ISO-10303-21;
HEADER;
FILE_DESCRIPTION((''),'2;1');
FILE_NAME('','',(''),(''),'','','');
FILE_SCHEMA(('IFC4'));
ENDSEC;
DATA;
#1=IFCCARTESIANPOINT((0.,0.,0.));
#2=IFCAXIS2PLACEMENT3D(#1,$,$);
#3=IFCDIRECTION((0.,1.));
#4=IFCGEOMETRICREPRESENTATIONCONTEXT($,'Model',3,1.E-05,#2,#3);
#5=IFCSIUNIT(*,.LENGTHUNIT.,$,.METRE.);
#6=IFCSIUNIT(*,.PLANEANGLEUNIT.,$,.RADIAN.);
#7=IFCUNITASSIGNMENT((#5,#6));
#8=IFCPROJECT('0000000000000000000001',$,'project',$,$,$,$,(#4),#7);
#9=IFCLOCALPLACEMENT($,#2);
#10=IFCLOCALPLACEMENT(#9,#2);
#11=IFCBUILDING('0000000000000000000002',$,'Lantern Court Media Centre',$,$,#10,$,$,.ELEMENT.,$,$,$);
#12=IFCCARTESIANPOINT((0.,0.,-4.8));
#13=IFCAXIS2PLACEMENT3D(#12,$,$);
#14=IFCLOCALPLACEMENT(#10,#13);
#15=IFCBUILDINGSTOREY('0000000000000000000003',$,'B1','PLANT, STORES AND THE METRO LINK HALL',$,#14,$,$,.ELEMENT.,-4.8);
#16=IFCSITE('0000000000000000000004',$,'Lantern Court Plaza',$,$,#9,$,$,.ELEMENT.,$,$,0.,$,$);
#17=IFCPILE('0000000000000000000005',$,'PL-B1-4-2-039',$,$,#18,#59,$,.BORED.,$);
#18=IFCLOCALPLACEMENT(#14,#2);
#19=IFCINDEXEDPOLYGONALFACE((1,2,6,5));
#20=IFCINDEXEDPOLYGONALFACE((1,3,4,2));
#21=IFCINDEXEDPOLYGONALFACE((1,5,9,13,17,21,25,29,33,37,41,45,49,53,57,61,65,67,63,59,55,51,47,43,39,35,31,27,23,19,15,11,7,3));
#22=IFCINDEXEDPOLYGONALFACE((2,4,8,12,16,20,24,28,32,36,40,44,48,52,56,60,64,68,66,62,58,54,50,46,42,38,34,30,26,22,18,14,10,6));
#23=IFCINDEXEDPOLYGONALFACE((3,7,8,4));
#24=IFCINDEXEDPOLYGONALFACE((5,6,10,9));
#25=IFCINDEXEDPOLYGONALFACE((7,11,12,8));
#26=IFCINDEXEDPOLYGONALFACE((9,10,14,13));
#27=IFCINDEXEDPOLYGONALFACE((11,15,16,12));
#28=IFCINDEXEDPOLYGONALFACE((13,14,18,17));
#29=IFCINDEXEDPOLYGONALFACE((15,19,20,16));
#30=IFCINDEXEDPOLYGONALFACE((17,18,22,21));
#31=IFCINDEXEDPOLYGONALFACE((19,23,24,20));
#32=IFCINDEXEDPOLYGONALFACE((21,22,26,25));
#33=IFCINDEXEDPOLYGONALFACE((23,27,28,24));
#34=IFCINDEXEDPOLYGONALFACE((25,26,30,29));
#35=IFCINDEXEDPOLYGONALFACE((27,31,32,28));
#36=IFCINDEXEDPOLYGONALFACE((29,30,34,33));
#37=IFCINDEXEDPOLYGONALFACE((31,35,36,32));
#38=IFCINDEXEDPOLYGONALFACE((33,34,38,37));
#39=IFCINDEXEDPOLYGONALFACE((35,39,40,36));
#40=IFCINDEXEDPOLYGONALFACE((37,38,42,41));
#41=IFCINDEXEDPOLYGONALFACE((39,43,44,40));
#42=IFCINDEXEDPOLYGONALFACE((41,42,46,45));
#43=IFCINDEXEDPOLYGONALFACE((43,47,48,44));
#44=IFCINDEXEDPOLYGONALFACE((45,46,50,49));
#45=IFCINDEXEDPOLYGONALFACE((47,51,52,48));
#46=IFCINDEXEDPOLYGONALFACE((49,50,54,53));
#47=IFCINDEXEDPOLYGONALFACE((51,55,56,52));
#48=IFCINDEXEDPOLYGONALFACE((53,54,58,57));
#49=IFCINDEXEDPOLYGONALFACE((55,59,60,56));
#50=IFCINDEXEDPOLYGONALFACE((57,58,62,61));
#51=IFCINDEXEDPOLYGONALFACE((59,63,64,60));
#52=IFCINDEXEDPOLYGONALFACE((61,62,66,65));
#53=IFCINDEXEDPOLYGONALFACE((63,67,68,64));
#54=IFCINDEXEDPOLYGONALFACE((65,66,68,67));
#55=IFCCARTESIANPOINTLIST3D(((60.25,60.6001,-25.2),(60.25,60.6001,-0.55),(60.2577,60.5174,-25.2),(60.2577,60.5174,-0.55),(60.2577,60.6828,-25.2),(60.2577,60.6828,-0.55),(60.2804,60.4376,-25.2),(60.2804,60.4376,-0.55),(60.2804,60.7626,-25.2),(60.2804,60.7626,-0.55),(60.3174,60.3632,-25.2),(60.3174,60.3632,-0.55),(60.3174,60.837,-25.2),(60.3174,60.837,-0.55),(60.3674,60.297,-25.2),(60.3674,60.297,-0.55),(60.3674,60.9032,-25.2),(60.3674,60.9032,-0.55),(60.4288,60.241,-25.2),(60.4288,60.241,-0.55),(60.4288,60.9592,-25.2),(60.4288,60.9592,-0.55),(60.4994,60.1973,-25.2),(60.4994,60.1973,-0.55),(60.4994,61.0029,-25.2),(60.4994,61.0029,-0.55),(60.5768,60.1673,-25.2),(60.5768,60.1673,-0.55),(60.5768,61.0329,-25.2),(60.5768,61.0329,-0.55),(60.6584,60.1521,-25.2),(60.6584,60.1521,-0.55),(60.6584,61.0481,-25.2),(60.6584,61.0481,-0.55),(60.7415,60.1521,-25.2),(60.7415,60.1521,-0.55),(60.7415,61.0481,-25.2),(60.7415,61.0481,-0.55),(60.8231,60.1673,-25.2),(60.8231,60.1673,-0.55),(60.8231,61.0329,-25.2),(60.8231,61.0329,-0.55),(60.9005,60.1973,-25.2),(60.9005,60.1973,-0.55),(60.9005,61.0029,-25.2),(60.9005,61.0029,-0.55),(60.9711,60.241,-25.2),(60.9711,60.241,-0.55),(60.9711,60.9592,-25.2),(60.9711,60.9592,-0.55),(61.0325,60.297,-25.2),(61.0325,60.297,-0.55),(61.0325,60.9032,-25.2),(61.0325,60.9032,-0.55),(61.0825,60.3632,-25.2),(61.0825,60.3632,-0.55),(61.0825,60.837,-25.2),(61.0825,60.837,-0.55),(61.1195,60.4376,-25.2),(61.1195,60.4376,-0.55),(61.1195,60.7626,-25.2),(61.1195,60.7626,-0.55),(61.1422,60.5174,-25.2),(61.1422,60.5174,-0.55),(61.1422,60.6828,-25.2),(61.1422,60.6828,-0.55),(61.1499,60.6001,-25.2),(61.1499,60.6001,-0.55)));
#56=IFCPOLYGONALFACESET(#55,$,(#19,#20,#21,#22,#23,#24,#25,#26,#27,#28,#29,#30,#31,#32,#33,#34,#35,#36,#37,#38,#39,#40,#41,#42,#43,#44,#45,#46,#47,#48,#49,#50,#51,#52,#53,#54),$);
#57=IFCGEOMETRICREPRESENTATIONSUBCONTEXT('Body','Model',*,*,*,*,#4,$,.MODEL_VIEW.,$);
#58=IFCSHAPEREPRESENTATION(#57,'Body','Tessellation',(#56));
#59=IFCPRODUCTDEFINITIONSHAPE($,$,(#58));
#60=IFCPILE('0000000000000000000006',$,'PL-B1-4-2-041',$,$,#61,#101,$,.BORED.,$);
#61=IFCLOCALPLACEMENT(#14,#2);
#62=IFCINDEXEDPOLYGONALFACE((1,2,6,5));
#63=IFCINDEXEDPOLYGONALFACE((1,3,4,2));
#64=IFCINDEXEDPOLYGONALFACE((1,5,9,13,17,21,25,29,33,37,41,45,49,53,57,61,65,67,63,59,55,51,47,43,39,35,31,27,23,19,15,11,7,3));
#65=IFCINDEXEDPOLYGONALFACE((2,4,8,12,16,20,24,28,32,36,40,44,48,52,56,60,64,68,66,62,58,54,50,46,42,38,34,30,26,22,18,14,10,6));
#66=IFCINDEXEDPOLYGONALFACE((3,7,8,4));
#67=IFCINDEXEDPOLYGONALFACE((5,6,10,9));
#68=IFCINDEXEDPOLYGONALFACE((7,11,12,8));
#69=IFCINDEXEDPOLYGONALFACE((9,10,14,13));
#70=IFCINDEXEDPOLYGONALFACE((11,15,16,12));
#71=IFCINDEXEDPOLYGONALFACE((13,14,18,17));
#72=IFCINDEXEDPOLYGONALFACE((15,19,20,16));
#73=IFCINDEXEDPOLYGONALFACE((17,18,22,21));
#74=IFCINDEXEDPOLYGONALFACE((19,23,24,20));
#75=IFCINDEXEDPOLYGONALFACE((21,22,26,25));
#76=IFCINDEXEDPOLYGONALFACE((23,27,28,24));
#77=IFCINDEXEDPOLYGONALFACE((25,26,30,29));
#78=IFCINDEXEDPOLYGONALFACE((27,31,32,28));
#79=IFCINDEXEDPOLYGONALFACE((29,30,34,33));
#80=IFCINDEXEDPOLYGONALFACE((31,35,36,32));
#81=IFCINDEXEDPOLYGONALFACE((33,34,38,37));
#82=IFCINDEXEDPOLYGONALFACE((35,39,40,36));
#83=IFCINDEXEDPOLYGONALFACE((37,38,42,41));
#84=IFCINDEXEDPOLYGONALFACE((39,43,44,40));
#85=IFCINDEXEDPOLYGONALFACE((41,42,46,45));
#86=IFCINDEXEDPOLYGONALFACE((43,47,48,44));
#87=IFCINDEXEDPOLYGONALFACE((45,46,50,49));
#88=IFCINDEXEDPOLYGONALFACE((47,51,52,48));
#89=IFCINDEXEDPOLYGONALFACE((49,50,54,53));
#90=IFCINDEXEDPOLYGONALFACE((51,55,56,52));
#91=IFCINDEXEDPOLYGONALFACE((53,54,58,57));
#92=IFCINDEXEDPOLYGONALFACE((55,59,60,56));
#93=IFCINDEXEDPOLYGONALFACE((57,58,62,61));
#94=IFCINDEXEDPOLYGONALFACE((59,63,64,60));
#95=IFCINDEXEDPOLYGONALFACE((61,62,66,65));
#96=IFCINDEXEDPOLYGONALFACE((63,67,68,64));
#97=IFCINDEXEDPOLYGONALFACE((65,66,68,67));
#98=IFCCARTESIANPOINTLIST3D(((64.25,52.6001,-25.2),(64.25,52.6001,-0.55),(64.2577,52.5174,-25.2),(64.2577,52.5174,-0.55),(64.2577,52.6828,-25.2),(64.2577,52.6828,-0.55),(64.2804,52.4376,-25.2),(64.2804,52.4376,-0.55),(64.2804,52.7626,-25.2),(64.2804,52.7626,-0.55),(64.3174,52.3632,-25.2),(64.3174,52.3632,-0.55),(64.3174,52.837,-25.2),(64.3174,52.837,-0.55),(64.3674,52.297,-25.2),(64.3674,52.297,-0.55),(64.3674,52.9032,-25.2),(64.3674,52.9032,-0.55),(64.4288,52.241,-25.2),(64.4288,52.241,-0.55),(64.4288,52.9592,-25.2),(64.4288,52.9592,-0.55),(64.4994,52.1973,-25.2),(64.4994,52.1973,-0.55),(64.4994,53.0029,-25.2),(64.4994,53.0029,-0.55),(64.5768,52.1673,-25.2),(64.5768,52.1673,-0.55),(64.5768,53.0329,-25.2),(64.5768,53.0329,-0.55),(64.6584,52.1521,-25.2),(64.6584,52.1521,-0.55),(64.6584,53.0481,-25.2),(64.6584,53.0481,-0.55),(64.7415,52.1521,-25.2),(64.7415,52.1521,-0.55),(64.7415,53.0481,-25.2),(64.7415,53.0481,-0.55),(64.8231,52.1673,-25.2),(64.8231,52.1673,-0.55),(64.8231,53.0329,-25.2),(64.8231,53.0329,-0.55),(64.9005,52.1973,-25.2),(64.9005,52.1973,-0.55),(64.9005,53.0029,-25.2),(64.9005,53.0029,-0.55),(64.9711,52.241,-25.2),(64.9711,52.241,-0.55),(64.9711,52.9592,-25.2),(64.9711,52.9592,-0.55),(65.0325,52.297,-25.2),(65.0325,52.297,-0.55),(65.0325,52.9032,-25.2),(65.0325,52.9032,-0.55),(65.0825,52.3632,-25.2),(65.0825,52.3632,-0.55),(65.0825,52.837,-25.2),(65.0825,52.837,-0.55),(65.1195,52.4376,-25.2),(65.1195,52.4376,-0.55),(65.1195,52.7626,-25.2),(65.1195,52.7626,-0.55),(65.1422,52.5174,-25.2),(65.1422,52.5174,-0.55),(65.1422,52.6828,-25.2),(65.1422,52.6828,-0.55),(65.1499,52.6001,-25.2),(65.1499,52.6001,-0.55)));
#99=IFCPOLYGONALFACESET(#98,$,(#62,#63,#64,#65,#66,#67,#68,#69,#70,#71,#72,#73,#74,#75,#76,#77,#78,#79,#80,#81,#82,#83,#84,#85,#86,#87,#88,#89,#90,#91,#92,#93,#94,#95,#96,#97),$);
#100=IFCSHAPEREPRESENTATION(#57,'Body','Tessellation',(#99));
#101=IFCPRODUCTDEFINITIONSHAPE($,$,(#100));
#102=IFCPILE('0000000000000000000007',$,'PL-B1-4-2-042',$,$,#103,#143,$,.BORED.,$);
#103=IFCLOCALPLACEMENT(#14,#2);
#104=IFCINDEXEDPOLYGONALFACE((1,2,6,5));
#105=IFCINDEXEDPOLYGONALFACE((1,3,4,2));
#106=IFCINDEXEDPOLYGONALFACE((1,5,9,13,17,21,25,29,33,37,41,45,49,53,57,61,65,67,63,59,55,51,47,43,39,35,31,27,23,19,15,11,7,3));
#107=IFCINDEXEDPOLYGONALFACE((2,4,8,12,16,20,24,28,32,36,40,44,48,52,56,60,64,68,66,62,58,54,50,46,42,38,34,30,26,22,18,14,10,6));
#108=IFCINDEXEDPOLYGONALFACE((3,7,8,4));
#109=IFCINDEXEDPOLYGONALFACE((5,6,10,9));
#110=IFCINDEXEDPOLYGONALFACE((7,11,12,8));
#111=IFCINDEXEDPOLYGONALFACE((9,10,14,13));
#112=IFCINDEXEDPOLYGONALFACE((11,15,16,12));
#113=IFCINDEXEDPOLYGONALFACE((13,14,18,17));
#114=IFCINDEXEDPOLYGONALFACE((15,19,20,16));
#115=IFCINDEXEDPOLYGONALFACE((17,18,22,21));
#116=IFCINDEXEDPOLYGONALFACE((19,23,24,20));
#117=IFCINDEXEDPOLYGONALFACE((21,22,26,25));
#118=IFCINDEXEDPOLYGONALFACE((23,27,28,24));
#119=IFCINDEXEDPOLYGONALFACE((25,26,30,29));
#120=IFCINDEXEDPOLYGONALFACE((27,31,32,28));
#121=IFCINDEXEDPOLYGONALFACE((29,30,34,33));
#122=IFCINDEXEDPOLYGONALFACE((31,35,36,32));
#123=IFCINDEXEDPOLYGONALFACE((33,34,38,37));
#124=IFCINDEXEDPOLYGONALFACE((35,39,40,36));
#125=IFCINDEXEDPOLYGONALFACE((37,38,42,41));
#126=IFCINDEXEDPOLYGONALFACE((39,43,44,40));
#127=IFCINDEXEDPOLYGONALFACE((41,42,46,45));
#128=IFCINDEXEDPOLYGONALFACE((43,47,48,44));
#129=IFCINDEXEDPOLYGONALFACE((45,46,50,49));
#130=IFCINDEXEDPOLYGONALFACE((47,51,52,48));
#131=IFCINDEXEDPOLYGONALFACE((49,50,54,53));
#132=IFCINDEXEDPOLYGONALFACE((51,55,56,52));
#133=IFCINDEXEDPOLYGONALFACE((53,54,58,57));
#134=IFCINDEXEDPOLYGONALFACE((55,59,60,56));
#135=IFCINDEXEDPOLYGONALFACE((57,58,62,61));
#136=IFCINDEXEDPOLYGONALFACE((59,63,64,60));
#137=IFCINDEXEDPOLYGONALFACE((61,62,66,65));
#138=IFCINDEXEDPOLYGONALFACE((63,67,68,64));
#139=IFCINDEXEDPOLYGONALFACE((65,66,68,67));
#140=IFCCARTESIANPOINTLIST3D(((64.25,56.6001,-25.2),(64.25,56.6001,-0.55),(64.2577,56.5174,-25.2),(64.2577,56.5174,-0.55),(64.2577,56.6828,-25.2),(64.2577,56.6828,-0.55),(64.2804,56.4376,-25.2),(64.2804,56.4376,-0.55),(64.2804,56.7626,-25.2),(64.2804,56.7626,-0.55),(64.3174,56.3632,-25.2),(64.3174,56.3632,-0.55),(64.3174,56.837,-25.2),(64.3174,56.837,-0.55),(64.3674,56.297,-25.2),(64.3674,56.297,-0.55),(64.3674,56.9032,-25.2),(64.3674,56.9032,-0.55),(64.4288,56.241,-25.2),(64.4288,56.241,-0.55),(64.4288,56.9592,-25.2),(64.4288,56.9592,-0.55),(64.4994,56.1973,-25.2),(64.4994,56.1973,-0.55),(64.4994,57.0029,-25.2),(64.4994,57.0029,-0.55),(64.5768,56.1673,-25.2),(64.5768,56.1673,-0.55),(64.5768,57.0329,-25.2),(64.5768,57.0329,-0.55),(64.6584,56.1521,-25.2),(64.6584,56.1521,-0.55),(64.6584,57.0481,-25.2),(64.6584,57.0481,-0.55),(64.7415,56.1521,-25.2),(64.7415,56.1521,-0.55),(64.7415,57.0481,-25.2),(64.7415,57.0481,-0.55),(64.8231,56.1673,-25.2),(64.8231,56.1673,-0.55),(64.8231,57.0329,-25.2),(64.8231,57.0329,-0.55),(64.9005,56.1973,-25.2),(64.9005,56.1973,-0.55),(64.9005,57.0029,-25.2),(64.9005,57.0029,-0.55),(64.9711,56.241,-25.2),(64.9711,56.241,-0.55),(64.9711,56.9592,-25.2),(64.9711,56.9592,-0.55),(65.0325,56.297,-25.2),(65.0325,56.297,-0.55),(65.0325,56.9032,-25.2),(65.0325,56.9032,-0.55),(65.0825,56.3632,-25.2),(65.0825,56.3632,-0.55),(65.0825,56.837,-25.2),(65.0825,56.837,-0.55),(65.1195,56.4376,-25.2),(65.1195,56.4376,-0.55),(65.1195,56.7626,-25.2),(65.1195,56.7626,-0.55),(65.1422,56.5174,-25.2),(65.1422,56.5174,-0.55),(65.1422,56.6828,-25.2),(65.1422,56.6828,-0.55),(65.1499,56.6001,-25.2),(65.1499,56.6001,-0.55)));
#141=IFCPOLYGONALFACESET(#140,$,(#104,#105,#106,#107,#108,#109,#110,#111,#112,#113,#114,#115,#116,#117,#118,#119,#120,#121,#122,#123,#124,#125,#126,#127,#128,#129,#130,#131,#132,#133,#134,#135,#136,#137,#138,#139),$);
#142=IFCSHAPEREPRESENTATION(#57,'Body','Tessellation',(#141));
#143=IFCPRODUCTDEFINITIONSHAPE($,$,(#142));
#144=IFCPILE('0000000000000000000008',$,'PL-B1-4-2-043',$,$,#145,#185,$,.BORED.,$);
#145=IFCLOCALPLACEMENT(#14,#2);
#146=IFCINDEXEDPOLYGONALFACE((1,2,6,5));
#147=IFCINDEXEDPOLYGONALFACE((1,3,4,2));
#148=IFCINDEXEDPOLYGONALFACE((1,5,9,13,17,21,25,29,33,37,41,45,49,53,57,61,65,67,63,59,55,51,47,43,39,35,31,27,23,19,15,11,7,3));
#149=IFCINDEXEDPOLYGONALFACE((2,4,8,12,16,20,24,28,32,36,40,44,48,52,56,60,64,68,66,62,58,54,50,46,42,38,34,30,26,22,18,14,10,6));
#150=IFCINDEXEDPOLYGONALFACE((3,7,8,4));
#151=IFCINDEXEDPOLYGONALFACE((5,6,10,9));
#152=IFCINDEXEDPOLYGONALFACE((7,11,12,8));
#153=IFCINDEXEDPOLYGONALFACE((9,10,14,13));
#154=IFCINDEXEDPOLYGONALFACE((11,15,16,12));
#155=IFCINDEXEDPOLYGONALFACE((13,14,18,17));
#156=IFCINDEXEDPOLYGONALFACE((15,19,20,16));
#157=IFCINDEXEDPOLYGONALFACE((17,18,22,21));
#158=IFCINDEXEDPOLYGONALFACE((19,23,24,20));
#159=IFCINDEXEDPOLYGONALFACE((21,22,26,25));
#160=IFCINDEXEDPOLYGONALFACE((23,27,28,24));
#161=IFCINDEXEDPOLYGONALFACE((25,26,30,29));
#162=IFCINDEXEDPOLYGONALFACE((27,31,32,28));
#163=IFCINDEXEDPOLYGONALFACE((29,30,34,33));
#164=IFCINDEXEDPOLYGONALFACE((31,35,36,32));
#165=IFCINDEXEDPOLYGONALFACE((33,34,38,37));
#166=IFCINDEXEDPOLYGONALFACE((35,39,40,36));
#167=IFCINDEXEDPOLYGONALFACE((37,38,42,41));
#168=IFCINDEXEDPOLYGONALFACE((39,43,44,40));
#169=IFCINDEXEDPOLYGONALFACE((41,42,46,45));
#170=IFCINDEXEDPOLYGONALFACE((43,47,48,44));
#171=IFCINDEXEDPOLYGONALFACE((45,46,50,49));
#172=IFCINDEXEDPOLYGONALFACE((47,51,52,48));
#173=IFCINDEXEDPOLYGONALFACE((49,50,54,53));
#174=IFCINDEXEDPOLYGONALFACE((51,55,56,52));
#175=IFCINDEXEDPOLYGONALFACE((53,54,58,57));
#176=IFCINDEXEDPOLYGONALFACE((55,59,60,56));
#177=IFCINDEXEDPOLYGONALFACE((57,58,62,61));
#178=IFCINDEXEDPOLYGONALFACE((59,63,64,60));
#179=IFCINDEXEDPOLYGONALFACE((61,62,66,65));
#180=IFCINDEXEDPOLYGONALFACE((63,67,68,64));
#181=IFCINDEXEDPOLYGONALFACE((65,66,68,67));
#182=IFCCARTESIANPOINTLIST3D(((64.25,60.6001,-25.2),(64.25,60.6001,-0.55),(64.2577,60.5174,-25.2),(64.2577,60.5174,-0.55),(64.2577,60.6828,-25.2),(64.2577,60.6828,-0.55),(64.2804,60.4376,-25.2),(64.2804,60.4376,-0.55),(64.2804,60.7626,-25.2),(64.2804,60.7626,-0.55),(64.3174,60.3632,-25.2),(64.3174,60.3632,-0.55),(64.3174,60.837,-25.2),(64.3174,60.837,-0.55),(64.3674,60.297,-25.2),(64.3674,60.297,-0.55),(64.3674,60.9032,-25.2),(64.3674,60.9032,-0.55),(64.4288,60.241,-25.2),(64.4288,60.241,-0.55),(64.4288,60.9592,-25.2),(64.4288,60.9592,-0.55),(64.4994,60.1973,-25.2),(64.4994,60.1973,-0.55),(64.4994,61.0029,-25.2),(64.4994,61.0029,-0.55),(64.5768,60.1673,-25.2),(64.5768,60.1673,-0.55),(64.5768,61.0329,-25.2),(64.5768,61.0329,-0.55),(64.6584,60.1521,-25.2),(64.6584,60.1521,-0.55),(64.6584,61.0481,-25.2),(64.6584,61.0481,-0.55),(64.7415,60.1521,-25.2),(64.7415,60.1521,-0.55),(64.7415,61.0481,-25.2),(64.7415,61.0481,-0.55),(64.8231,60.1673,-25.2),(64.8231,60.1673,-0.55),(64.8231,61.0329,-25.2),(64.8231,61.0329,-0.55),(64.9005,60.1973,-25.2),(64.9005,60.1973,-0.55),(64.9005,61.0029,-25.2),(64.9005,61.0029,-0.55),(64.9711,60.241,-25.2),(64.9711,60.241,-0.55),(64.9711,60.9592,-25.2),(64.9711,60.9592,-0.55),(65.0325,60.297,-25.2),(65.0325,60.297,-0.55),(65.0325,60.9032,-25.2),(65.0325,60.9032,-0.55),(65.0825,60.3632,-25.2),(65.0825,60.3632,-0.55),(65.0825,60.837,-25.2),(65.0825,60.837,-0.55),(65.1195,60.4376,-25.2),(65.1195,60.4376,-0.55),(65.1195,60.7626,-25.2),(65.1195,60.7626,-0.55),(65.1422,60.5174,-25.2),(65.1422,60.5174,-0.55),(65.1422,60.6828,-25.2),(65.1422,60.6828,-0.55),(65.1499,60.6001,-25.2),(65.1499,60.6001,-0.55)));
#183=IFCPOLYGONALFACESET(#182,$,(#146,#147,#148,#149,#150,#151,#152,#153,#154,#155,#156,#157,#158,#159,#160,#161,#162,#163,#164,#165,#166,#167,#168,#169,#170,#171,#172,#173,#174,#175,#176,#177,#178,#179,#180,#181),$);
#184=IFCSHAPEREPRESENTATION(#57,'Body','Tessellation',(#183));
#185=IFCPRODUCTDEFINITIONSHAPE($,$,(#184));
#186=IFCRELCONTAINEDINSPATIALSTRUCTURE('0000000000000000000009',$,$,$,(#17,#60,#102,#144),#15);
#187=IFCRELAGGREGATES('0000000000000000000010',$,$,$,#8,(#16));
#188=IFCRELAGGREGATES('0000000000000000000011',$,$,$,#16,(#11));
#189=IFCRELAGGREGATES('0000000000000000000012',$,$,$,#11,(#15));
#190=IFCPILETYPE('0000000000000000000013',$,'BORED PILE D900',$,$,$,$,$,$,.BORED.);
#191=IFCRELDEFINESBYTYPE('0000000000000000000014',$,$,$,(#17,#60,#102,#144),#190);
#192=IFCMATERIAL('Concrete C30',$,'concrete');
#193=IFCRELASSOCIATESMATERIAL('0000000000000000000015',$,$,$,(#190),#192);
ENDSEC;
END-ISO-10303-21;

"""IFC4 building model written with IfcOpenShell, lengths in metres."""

from ifc_helpers import new_model, si_unit, direction, frame, origin, origin_2d, place, context, subcontext, project, spatial, circle, extrude, material, material_profile, profile_set, type_object, element, save


model = new_model("IFC4")

# Units and contexts
model_context = context("Model", 3, precision=1e-05, world=origin(), true_north=direction((0.0, 1.0)))
body_context = subcontext(model_context, "Body", "Model", "MODEL_VIEW")
ifc_project = project(units=[si_unit("LENGTHUNIT", "METRE"), si_unit("PLANEANGLEUNIT", "RADIAN")], contexts=[model_context])

# Site, building, storey
site_placement = place(None, origin())
site = spatial("IfcSite", under=ifc_project, at=site_placement, Name="Lantern Court Plaza", CompositionType="ELEMENT", RefElevation=0.0)
building_placement = place(site_placement, origin())
building = spatial("IfcBuilding", under=site, at=building_placement, Name="Lantern Court Media Centre", CompositionType="ELEMENT")
storey_placement = place(building_placement, frame((0.0, 0.0, -4.8)))
storey = spatial("IfcBuildingStorey", under=building, at=storey_placement, Name="B1", Description="PLANT, STORES AND THE METRO LINK HALL", CompositionType="ELEMENT", Elevation=-4.8)

# Piles
ifc_material_1 = material(Name="Concrete C30", Category="concrete")
ifc_material_profile_1 = material_profile(ifc_material_1, circle(Radius=0.45, at=origin_2d()), Name="D900")
ifc_profile_set_1 = profile_set([ifc_material_profile_1], Name="Concrete C30")
pile_type = type_object("IfcPileType", Name="BORED PILE D900", PredefinedType="BORED", material=ifc_profile_set_1)
for number, where, z_axis, x_axis, name in (
    (1, (60.7, 60.6001, -0.55), (0.0, 0.0, -1.0), (1.0, 0.0, 0.0), "PL-B1-4-2-039"),
    (2, (64.7, 52.6001, -0.55), (0.0, 0.0, -1.0), (1.0, 0.0, 0.0), "PL-B1-4-2-041"),
    (3, (64.7, 56.6001, -0.55), (0.0, 0.0, -1.0), (1.0, 0.0, 0.0), "PL-B1-4-2-042"),
    (4, (64.7, 60.6001, -0.55), (0.0, 0.0, -1.0), (1.0, 0.0, 0.0), "PL-B1-4-2-043"),
):
    element("IfcPile", number, at=place(storey_placement, frame(where, z_axis=z_axis, x_axis=x_axis)), inside=storey, type_object=pile_type, Name=name, PredefinedType="BORED", context=body_context, shape_type="SweptSolid", body=[
        extrude(circle(Radius=0.45, at=origin_2d()), origin(), (0.0, 0.0, 1.0), 24.6499),
    ])

save(model, "model.ifc")
